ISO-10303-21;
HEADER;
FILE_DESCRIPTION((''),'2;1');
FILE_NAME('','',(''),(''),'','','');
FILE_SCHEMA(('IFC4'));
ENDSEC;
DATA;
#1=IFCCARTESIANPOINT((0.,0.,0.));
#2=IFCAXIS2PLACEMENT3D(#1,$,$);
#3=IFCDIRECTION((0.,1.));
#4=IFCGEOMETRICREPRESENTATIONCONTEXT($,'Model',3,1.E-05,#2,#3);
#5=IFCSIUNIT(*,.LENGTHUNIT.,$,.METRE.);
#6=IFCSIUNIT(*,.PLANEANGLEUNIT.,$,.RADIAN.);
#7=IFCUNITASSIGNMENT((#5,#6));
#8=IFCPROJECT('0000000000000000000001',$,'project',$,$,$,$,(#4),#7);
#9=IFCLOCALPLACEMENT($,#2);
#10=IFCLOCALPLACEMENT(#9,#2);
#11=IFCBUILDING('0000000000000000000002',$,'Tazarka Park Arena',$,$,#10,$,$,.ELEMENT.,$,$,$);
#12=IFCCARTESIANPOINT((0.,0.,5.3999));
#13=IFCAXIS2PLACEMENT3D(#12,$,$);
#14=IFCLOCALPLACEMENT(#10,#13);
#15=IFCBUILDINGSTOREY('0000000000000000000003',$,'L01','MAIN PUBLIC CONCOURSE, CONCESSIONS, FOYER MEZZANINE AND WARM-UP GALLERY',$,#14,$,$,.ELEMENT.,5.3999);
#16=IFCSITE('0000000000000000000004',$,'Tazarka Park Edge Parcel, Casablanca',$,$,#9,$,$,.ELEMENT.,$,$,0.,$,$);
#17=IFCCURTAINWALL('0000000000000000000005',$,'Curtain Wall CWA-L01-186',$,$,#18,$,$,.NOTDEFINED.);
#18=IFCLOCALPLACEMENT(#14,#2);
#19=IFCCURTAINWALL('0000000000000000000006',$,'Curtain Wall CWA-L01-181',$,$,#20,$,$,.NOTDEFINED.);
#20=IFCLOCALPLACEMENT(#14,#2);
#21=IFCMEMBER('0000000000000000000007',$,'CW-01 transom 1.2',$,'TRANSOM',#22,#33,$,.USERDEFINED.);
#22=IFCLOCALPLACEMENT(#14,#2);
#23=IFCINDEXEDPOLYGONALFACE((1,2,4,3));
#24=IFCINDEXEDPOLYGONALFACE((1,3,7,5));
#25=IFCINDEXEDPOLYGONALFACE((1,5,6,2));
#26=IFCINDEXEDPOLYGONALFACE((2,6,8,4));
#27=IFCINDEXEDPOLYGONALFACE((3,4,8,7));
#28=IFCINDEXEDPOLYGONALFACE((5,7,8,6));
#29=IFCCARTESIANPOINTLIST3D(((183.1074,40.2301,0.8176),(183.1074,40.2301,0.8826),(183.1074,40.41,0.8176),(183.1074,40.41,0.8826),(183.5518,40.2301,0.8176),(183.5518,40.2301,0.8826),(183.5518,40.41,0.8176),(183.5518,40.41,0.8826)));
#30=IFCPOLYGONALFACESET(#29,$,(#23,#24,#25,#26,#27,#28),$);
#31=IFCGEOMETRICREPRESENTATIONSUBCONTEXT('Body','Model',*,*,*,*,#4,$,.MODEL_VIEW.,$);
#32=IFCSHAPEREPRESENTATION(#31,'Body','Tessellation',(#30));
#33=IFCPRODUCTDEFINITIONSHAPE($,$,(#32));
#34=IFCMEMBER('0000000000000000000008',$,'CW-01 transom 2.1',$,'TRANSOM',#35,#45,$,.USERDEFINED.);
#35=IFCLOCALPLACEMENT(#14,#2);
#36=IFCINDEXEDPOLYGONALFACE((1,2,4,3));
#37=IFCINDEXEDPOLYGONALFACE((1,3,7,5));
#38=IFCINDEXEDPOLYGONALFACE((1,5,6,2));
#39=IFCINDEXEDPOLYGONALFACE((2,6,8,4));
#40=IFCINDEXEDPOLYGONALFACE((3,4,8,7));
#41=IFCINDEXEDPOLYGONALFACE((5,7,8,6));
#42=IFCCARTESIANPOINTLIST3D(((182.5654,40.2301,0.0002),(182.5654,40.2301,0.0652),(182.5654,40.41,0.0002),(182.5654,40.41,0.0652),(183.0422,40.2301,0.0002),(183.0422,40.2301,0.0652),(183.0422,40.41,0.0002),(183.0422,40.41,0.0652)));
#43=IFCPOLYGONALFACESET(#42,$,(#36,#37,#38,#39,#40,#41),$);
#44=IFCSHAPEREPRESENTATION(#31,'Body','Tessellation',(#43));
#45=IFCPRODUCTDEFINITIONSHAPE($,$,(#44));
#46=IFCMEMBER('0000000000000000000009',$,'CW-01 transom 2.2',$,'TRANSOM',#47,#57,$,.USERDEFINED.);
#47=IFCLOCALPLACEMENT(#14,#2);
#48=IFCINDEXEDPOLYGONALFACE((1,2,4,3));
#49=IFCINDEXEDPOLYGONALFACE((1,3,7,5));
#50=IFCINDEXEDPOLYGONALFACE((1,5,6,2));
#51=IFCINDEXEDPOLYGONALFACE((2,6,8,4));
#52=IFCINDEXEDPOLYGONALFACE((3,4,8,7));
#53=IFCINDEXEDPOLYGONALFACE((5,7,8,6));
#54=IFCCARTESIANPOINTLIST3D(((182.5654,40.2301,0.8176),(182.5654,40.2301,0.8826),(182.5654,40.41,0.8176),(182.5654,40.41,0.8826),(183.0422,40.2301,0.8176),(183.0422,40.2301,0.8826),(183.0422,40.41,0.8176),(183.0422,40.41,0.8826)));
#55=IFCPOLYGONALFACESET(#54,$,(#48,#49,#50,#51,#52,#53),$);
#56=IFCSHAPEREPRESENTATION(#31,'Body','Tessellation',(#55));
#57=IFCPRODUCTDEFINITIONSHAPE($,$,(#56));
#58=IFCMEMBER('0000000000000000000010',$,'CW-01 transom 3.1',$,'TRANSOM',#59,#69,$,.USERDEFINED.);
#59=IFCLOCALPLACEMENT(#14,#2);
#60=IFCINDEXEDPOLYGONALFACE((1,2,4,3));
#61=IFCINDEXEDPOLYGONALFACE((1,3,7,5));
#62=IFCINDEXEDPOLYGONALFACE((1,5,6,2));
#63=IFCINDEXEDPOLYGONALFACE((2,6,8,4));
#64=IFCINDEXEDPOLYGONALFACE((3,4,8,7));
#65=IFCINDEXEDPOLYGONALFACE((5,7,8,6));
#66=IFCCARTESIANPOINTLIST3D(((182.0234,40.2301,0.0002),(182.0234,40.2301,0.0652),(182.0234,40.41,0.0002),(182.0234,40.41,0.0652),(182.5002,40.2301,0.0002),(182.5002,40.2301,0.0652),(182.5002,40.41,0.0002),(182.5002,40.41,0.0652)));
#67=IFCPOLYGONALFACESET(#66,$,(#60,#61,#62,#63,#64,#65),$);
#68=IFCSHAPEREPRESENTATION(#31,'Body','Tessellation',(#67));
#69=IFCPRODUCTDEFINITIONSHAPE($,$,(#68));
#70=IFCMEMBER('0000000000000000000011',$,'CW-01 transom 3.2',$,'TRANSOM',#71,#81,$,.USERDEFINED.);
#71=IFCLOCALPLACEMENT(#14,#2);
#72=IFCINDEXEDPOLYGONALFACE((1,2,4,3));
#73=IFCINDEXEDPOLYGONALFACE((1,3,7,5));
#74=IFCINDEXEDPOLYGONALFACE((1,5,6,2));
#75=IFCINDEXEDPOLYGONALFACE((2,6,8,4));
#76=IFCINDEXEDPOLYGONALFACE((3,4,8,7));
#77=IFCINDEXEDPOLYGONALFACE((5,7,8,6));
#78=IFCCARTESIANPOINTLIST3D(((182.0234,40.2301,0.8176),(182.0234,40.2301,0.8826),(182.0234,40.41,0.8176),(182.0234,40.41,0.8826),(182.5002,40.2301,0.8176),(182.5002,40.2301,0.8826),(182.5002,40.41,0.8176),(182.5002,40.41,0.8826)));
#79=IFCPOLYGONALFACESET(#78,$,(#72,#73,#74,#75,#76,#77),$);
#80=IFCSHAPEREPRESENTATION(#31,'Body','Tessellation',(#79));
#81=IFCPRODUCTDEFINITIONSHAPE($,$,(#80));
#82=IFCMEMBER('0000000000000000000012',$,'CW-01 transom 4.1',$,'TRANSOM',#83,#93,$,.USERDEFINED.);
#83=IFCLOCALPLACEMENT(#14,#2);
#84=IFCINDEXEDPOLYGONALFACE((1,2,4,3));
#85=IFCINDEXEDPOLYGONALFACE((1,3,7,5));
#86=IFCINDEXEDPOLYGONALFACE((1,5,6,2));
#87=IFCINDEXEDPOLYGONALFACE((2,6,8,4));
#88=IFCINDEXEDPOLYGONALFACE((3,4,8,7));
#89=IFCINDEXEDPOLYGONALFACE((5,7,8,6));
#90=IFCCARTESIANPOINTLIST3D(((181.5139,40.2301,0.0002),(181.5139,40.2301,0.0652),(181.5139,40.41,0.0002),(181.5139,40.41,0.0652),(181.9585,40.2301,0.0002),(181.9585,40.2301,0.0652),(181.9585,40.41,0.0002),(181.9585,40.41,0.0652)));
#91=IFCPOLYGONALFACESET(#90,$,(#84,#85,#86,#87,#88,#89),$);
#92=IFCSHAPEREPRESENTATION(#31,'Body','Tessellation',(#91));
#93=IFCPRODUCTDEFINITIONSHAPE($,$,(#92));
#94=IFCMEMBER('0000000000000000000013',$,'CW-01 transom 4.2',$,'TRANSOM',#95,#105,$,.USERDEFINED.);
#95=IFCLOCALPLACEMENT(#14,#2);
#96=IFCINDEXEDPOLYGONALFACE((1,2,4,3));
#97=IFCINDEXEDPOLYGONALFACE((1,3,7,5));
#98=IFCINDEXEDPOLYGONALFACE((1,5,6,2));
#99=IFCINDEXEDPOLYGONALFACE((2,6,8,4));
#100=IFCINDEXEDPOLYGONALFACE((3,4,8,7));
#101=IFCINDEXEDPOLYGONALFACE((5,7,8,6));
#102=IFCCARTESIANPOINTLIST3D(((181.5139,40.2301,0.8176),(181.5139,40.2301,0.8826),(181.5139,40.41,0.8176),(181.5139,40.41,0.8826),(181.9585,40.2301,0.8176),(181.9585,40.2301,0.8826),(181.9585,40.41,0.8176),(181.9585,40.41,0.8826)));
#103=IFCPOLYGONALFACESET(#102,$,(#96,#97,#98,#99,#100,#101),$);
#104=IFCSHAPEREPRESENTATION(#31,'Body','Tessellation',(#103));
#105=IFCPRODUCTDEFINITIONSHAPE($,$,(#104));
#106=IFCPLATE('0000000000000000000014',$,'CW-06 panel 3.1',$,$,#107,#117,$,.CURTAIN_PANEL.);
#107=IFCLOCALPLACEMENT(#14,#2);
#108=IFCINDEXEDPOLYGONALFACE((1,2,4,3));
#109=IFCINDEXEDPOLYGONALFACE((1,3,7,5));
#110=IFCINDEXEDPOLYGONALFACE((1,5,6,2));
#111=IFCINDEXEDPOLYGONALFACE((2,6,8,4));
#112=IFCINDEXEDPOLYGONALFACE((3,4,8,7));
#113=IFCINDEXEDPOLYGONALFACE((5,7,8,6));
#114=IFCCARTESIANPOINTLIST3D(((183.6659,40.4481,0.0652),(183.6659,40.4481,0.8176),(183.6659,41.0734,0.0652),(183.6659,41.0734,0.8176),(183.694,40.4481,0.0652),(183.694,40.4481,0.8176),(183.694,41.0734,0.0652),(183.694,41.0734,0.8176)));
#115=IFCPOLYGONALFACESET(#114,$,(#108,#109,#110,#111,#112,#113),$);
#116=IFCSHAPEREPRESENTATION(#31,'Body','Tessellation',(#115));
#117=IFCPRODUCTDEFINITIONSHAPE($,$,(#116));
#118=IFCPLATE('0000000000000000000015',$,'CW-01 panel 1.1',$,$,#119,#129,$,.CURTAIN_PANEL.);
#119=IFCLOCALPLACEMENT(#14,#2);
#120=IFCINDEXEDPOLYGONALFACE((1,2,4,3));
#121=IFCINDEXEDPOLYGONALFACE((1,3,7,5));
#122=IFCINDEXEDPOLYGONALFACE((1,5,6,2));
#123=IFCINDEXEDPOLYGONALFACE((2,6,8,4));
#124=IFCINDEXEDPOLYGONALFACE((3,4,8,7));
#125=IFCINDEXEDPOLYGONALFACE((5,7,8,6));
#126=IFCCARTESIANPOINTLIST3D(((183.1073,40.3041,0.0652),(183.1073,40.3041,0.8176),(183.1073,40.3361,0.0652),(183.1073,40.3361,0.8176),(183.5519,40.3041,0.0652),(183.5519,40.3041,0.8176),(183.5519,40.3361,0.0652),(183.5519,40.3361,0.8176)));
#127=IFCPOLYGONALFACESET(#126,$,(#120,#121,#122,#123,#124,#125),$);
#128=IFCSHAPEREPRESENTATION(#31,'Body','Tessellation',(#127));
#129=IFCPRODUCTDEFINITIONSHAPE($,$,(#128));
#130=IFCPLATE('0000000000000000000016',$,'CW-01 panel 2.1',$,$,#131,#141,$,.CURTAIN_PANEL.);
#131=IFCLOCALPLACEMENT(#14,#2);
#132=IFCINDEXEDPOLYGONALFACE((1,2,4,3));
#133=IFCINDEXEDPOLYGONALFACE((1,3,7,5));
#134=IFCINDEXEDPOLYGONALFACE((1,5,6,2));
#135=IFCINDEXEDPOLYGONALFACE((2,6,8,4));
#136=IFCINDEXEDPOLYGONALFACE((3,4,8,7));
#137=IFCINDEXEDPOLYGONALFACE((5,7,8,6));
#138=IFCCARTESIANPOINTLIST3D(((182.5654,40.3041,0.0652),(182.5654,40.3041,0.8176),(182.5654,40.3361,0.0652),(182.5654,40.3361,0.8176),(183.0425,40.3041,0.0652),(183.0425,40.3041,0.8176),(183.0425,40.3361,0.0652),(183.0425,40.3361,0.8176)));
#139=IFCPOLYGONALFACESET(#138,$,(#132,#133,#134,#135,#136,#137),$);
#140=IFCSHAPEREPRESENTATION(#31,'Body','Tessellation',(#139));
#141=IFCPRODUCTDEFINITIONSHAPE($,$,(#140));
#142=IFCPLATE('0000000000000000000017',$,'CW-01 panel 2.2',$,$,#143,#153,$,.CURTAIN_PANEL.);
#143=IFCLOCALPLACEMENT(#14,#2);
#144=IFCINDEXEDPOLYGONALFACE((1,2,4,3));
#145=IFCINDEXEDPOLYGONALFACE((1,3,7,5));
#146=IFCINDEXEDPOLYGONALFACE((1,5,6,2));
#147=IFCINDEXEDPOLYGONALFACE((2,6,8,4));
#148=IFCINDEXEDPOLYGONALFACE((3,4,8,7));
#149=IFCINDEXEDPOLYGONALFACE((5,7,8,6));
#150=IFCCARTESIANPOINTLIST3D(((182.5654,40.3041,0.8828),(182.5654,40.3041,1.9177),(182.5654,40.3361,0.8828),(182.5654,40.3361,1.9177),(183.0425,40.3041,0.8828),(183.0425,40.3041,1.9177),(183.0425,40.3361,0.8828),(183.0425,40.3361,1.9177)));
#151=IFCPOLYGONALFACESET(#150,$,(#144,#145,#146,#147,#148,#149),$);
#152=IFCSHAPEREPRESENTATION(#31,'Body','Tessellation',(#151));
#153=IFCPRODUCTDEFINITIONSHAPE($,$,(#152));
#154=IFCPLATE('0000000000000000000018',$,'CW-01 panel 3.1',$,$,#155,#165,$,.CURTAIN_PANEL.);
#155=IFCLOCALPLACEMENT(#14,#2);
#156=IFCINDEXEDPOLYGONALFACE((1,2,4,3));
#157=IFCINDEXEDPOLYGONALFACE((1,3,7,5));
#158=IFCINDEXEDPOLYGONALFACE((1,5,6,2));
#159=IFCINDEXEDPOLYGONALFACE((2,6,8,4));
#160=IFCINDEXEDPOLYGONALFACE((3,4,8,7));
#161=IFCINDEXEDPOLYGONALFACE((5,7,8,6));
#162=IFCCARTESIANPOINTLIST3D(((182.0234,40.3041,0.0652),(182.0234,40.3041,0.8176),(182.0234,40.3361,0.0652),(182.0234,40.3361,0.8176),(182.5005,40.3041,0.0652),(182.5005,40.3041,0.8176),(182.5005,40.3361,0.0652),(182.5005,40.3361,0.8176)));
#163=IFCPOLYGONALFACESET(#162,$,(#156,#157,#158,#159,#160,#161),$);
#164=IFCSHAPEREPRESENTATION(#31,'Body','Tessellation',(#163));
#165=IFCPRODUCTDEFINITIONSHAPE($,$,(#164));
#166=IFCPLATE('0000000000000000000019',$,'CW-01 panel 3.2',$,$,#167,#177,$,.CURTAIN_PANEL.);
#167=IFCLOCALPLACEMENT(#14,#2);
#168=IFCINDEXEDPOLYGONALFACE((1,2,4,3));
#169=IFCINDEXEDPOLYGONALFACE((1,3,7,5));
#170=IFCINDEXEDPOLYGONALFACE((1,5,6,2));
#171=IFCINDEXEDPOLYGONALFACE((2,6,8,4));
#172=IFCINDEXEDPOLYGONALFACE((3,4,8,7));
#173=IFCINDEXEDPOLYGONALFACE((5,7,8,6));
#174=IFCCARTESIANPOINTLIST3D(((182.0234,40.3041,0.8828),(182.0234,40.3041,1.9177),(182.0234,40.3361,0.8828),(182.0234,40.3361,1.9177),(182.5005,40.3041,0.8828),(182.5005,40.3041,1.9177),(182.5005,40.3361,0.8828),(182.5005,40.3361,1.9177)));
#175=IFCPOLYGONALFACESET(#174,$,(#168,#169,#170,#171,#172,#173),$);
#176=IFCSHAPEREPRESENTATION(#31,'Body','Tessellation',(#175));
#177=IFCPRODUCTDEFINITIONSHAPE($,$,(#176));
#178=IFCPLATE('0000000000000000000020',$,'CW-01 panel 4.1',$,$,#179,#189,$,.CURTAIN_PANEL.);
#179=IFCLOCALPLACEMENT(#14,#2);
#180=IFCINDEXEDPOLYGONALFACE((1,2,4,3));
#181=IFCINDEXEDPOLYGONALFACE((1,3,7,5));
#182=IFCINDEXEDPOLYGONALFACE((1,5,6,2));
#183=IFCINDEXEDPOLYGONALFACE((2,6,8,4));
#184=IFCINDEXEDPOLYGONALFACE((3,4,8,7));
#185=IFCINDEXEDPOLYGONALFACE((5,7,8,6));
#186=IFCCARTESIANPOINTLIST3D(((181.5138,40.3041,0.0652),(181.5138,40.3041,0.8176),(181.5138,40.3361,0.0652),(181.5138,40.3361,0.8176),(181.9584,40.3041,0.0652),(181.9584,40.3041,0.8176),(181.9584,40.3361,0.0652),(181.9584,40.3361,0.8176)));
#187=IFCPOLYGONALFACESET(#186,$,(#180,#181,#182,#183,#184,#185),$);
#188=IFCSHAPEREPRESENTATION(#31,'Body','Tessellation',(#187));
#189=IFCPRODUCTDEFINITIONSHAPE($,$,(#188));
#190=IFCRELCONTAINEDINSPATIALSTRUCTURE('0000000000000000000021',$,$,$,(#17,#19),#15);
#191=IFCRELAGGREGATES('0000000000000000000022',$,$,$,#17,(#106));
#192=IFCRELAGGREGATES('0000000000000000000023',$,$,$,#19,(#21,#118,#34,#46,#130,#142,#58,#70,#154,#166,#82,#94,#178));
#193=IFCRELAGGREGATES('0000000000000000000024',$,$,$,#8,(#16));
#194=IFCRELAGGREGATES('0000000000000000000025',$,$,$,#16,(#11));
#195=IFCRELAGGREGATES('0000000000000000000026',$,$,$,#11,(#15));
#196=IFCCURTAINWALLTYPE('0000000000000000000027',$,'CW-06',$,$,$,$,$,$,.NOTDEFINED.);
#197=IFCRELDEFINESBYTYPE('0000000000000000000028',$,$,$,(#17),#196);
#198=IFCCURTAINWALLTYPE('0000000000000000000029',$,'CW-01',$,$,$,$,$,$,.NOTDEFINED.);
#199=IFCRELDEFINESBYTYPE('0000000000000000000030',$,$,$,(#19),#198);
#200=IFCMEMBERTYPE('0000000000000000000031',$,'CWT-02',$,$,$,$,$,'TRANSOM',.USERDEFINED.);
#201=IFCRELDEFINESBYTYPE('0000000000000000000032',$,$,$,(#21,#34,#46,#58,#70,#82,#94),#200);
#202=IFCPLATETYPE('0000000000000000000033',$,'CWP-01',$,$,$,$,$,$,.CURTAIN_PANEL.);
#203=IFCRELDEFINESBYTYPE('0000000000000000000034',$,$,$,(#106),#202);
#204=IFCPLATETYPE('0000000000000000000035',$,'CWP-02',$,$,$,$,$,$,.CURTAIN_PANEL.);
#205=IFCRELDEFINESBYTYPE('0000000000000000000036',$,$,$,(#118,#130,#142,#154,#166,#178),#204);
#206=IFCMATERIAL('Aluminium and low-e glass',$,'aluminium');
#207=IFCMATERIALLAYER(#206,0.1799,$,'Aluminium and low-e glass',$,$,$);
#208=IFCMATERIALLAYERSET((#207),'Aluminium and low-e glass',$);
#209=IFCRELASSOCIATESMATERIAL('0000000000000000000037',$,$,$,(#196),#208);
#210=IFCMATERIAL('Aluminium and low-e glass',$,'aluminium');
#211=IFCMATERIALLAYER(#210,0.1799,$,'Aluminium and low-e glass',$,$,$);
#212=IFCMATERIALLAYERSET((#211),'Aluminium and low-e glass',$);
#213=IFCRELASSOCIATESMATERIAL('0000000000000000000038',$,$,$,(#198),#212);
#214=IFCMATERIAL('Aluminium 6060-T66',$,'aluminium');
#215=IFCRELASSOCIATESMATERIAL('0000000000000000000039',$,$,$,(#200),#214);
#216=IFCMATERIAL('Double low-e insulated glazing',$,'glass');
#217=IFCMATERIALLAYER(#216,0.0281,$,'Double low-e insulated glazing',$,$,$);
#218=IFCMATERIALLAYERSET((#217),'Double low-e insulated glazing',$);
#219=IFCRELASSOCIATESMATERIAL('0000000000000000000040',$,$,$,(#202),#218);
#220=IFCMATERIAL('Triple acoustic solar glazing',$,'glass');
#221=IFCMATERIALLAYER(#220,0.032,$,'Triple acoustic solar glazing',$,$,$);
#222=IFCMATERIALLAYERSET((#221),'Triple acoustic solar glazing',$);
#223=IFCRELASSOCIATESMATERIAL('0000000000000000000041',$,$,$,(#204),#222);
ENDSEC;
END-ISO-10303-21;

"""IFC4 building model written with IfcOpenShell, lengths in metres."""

from ifc_helpers import new_model, si_unit, direction, frame, origin, origin_2d, place, context, subcontext, project, spatial, rectangle, extrude, material, layer, layer_set, material_profile, profile_set, type_object, element, aggregate, save


model = new_model("IFC4")

# Units and contexts
model_context = context("Model", 3, precision=1e-05, world=origin(), true_north=direction((0.0, 1.0)))
body_context = subcontext(model_context, "Body", "Model", "MODEL_VIEW")
ifc_project = project(units=[si_unit("LENGTHUNIT", "METRE"), si_unit("PLANEANGLEUNIT", "RADIAN")], contexts=[model_context])

# Site, building, storey
site_placement = place(None, origin())
site = spatial("IfcSite", under=ifc_project, at=site_placement, Name="Tazarka Park Edge Parcel, Casablanca", CompositionType="ELEMENT", RefElevation=0.0)
building_placement = place(site_placement, origin())
building = spatial("IfcBuilding", under=site, at=building_placement, Name="Tazarka Park Arena", CompositionType="ELEMENT")
storey_placement = place(building_placement, frame((0.0, 0.0, 5.3999)))
storey = spatial("IfcBuildingStorey", under=building, at=storey_placement, Name="L01", Description="MAIN PUBLIC CONCOURSE, CONCESSIONS, FOYER MEZZANINE AND WARM-UP GALLERY", CompositionType="ELEMENT", Elevation=5.3999)

# Curtain wall
ifc_material_1 = material(Name="Aluminium and low-e glass", Category="aluminium")
ifc_layer_1 = layer(ifc_material_1, 0.1799, Name="Aluminium and low-e glass")
ifc_layer_set_1 = layer_set([ifc_layer_1], Name="Aluminium and low-e glass")
curtain_wall_type_1 = type_object("IfcCurtainWallType", Name="CW-06", PredefinedType="NOTDEFINED", material=ifc_layer_set_1)
curtain_wall_1_placement = place(storey_placement, origin())
curtain_wall_1 = element("IfcCurtainWall", 1, at=curtain_wall_1_placement, inside=storey, type_object=curtain_wall_type_1, Name="Curtain Wall CWA-L01-186", PredefinedType="NOTDEFINED")

# Curtain wall
ifc_material_2 = material(Name="Aluminium and low-e glass", Category="aluminium")
ifc_layer_2 = layer(ifc_material_2, 0.1799, Name="Aluminium and low-e glass")
ifc_layer_set_2 = layer_set([ifc_layer_2], Name="Aluminium and low-e glass")
curtain_wall_type_2 = type_object("IfcCurtainWallType", Name="CW-01", PredefinedType="NOTDEFINED", material=ifc_layer_set_2)
curtain_wall_2_placement = place(storey_placement, origin())
curtain_wall_2 = element("IfcCurtainWall", 2, at=curtain_wall_2_placement, inside=storey, type_object=curtain_wall_type_2, Name="Curtain Wall CWA-L01-181", PredefinedType="NOTDEFINED")

# Members
ifc_material_3 = material(Name="Aluminium 6060-T66", Category="aluminium")
ifc_material_profile_1 = material_profile(ifc_material_3, rectangle(XDim=0.1799, YDim=0.0649, at=origin_2d()), Name="Aluminium 6060-T66")
ifc_profile_set_1 = profile_set([ifc_material_profile_1], Name="Aluminium 6060-T66")
member_type_1 = type_object("IfcMemberType", Name="CWT-02", ElementType="TRANSOM", PredefinedType="USERDEFINED", material=ifc_profile_set_1)
member_1_placement = place(storey_placement, frame((183.5518, 40.3201, 0.8501), z_axis=(-1.0, 0.0, 0.0), x_axis=(0.0, -1.0, 0.0)))
member_1 = element("IfcMember", 3, at=member_1_placement, type_object=member_type_1, Name="CW-01 transom 1.2", ObjectType="TRANSOM", PredefinedType="USERDEFINED", context=body_context, shape_type="SweptSolid", body=[
    extrude(rectangle(XDim=0.1799, YDim=0.0649, at=origin_2d()), origin(), (0.0, 0.0, 1.0), 0.4443),
])
member_2_placement = place(storey_placement, frame((183.0422, 40.3201, 0.0327), z_axis=(-1.0, 0.0, 0.0), x_axis=(0.0, -1.0, 0.0)))
member_2 = element("IfcMember", 4, at=member_2_placement, type_object=member_type_1, Name="CW-01 transom 2.1", ObjectType="TRANSOM", PredefinedType="USERDEFINED", context=body_context, shape_type="SweptSolid", body=[
    extrude(rectangle(XDim=0.1799, YDim=0.0649, at=origin_2d()), origin(), (0.0, 0.0, 1.0), 0.4768),
])
member_3_placement = place(storey_placement, frame((183.0422, 40.3201, 0.8501), z_axis=(-1.0, 0.0, 0.0), x_axis=(0.0, -1.0, 0.0)))
member_3 = element("IfcMember", 5, at=member_3_placement, type_object=member_type_1, Name="CW-01 transom 2.2", ObjectType="TRANSOM", PredefinedType="USERDEFINED", context=body_context, shape_type="SweptSolid", body=[
    extrude(rectangle(XDim=0.1799, YDim=0.0649, at=origin_2d()), origin(), (0.0, 0.0, 1.0), 0.4768),
])
member_4_placement = place(storey_placement, frame((182.5002, 40.3201, 0.0327), z_axis=(-1.0, 0.0, 0.0), x_axis=(0.0, -1.0, 0.0)))
member_4 = element("IfcMember", 6, at=member_4_placement, type_object=member_type_1, Name="CW-01 transom 3.1", ObjectType="TRANSOM", PredefinedType="USERDEFINED", context=body_context, shape_type="SweptSolid", body=[
    extrude(rectangle(XDim=0.1799, YDim=0.0649, at=origin_2d()), origin(), (0.0, 0.0, 1.0), 0.4768),
])
member_5_placement = place(storey_placement, frame((182.5002, 40.3201, 0.8501), z_axis=(-1.0, 0.0, 0.0), x_axis=(0.0, -1.0, 0.0)))
member_5 = element("IfcMember", 7, at=member_5_placement, type_object=member_type_1, Name="CW-01 transom 3.2", ObjectType="TRANSOM", PredefinedType="USERDEFINED", context=body_context, shape_type="SweptSolid", body=[
    extrude(rectangle(XDim=0.1799, YDim=0.0649, at=origin_2d()), origin(), (0.0, 0.0, 1.0), 0.4768),
])
member_6_placement = place(storey_placement, frame((181.9585, 40.3201, 0.0327), z_axis=(-1.0, 0.0, 0.0), x_axis=(0.0, -1.0, 0.0)))
member_6 = element("IfcMember", 8, at=member_6_placement, type_object=member_type_1, Name="CW-01 transom 4.1", ObjectType="TRANSOM", PredefinedType="USERDEFINED", context=body_context, shape_type="SweptSolid", body=[
    extrude(rectangle(XDim=0.1799, YDim=0.0649, at=origin_2d()), origin(), (0.0, 0.0, 1.0), 0.4446),
])
member_7_placement = place(storey_placement, frame((181.9585, 40.3201, 0.8501), z_axis=(-1.0, 0.0, 0.0), x_axis=(0.0, -1.0, 0.0)))
member_7 = element("IfcMember", 9, at=member_7_placement, type_object=member_type_1, Name="CW-01 transom 4.2", ObjectType="TRANSOM", PredefinedType="USERDEFINED", context=body_context, shape_type="SweptSolid", body=[
    extrude(rectangle(XDim=0.1799, YDim=0.0649, at=origin_2d()), origin(), (0.0, 0.0, 1.0), 0.4446),
])

# Plates
ifc_material_4 = material(Name="Double low-e insulated glazing", Category="glass")
ifc_layer_3 = layer(ifc_material_4, 0.0281, Name="Double low-e insulated glazing")
ifc_layer_set_3 = layer_set([ifc_layer_3], Name="Double low-e insulated glazing")
plate_type_1 = type_object("IfcPlateType", Name="CWP-01", PredefinedType="CURTAIN_PANEL", material=ifc_layer_set_3)
plate_1_placement = place(storey_placement, frame((183.6799, 40.7607, 0.0652), z_axis=(0.0, 0.0, 1.0), x_axis=(0.0, -1.0, 0.0)))
plate_1 = element("IfcPlate", 10, at=plate_1_placement, type_object=plate_type_1, Name="CW-06 panel 3.1", PredefinedType="CURTAIN_PANEL", context=body_context, shape_type="SweptSolid", body=[
    extrude(rectangle(XDim=0.6252, YDim=0.0281, at=origin_2d()), origin(), (0.0, 0.0, 1.0), 0.7524),
])
aggregate(curtain_wall_1, [plate_1])
ifc_material_5 = material(Name="Triple acoustic solar glazing", Category="glass")
ifc_layer_4 = layer(ifc_material_5, 0.032, Name="Triple acoustic solar glazing")
ifc_layer_set_4 = layer_set([ifc_layer_4], Name="Triple acoustic solar glazing")
plate_type_2 = type_object("IfcPlateType", Name="CWP-02", PredefinedType="CURTAIN_PANEL", material=ifc_layer_set_4)
plate_2_placement = place(storey_placement, frame((183.3296, 40.3201, 0.0652), z_axis=(0.0, 0.0, 1.0), x_axis=(-1.0, 0.0, 0.0)))
plate_2 = element("IfcPlate", 11, at=plate_2_placement, type_object=plate_type_2, Name="CW-01 panel 1.1", PredefinedType="CURTAIN_PANEL", context=body_context, shape_type="SweptSolid", body=[
    extrude(rectangle(XDim=0.4446, YDim=0.032, at=origin_2d()), origin(), (0.0, 0.0, 1.0), 0.7524),
])
plate_3_placement = place(storey_placement, frame((182.804, 40.3201, 0.0652), z_axis=(0.0, 0.0, 1.0), x_axis=(-1.0, 0.0, 0.0)))
plate_3 = element("IfcPlate", 12, at=plate_3_placement, type_object=plate_type_2, Name="CW-01 panel 2.1", PredefinedType="CURTAIN_PANEL", context=body_context, shape_type="SweptSolid", body=[
    extrude(rectangle(XDim=0.4771, YDim=0.032, at=origin_2d()), origin(), (0.0, 0.0, 1.0), 0.7524),
])
plate_4_placement = place(storey_placement, frame((182.804, 40.3201, 0.8828), z_axis=(0.0, 0.0, 1.0), x_axis=(-1.0, 0.0, 0.0)))
plate_4 = element("IfcPlate", 13, at=plate_4_placement, type_object=plate_type_2, Name="CW-01 panel 2.2", PredefinedType="CURTAIN_PANEL", context=body_context, shape_type="SweptSolid", body=[
    extrude(rectangle(XDim=0.4771, YDim=0.032, at=origin_2d()), origin(), (0.0, 0.0, 1.0), 1.0349),
])
plate_5_placement = place(storey_placement, frame((182.262, 40.3201, 0.0652), z_axis=(0.0, 0.0, 1.0), x_axis=(-1.0, 0.0, 0.0)))
plate_5 = element("IfcPlate", 14, at=plate_5_placement, type_object=plate_type_2, Name="CW-01 panel 3.1", PredefinedType="CURTAIN_PANEL", context=body_context, shape_type="SweptSolid", body=[
    extrude(rectangle(XDim=0.4771, YDim=0.032, at=origin_2d()), origin(), (0.0, 0.0, 1.0), 0.7524),
])
plate_6_placement = place(storey_placement, frame((182.262, 40.3201, 0.8828), z_axis=(0.0, 0.0, 1.0), x_axis=(-1.0, 0.0, 0.0)))
plate_6 = element("IfcPlate", 15, at=plate_6_placement, type_object=plate_type_2, Name="CW-01 panel 3.2", PredefinedType="CURTAIN_PANEL", context=body_context, shape_type="SweptSolid", body=[
    extrude(rectangle(XDim=0.4771, YDim=0.032, at=origin_2d()), origin(), (0.0, 0.0, 1.0), 1.0349),
])
plate_7_placement = place(storey_placement, frame((181.7361, 40.3201, 0.0652), z_axis=(0.0, 0.0, 1.0), x_axis=(-1.0, 0.0, 0.0)))
plate_7 = element("IfcPlate", 16, at=plate_7_placement, type_object=plate_type_2, Name="CW-01 panel 4.1", PredefinedType="CURTAIN_PANEL", context=body_context, shape_type="SweptSolid", body=[
    extrude(rectangle(XDim=0.4446, YDim=0.032, at=origin_2d()), origin(), (0.0, 0.0, 1.0), 0.7524),
])
aggregate(curtain_wall_2, [member_1, plate_2, member_2, member_3, plate_3, plate_4, member_4, member_5, plate_5, plate_6, member_6, member_7, plate_7])

save(model, "model.ifc")
